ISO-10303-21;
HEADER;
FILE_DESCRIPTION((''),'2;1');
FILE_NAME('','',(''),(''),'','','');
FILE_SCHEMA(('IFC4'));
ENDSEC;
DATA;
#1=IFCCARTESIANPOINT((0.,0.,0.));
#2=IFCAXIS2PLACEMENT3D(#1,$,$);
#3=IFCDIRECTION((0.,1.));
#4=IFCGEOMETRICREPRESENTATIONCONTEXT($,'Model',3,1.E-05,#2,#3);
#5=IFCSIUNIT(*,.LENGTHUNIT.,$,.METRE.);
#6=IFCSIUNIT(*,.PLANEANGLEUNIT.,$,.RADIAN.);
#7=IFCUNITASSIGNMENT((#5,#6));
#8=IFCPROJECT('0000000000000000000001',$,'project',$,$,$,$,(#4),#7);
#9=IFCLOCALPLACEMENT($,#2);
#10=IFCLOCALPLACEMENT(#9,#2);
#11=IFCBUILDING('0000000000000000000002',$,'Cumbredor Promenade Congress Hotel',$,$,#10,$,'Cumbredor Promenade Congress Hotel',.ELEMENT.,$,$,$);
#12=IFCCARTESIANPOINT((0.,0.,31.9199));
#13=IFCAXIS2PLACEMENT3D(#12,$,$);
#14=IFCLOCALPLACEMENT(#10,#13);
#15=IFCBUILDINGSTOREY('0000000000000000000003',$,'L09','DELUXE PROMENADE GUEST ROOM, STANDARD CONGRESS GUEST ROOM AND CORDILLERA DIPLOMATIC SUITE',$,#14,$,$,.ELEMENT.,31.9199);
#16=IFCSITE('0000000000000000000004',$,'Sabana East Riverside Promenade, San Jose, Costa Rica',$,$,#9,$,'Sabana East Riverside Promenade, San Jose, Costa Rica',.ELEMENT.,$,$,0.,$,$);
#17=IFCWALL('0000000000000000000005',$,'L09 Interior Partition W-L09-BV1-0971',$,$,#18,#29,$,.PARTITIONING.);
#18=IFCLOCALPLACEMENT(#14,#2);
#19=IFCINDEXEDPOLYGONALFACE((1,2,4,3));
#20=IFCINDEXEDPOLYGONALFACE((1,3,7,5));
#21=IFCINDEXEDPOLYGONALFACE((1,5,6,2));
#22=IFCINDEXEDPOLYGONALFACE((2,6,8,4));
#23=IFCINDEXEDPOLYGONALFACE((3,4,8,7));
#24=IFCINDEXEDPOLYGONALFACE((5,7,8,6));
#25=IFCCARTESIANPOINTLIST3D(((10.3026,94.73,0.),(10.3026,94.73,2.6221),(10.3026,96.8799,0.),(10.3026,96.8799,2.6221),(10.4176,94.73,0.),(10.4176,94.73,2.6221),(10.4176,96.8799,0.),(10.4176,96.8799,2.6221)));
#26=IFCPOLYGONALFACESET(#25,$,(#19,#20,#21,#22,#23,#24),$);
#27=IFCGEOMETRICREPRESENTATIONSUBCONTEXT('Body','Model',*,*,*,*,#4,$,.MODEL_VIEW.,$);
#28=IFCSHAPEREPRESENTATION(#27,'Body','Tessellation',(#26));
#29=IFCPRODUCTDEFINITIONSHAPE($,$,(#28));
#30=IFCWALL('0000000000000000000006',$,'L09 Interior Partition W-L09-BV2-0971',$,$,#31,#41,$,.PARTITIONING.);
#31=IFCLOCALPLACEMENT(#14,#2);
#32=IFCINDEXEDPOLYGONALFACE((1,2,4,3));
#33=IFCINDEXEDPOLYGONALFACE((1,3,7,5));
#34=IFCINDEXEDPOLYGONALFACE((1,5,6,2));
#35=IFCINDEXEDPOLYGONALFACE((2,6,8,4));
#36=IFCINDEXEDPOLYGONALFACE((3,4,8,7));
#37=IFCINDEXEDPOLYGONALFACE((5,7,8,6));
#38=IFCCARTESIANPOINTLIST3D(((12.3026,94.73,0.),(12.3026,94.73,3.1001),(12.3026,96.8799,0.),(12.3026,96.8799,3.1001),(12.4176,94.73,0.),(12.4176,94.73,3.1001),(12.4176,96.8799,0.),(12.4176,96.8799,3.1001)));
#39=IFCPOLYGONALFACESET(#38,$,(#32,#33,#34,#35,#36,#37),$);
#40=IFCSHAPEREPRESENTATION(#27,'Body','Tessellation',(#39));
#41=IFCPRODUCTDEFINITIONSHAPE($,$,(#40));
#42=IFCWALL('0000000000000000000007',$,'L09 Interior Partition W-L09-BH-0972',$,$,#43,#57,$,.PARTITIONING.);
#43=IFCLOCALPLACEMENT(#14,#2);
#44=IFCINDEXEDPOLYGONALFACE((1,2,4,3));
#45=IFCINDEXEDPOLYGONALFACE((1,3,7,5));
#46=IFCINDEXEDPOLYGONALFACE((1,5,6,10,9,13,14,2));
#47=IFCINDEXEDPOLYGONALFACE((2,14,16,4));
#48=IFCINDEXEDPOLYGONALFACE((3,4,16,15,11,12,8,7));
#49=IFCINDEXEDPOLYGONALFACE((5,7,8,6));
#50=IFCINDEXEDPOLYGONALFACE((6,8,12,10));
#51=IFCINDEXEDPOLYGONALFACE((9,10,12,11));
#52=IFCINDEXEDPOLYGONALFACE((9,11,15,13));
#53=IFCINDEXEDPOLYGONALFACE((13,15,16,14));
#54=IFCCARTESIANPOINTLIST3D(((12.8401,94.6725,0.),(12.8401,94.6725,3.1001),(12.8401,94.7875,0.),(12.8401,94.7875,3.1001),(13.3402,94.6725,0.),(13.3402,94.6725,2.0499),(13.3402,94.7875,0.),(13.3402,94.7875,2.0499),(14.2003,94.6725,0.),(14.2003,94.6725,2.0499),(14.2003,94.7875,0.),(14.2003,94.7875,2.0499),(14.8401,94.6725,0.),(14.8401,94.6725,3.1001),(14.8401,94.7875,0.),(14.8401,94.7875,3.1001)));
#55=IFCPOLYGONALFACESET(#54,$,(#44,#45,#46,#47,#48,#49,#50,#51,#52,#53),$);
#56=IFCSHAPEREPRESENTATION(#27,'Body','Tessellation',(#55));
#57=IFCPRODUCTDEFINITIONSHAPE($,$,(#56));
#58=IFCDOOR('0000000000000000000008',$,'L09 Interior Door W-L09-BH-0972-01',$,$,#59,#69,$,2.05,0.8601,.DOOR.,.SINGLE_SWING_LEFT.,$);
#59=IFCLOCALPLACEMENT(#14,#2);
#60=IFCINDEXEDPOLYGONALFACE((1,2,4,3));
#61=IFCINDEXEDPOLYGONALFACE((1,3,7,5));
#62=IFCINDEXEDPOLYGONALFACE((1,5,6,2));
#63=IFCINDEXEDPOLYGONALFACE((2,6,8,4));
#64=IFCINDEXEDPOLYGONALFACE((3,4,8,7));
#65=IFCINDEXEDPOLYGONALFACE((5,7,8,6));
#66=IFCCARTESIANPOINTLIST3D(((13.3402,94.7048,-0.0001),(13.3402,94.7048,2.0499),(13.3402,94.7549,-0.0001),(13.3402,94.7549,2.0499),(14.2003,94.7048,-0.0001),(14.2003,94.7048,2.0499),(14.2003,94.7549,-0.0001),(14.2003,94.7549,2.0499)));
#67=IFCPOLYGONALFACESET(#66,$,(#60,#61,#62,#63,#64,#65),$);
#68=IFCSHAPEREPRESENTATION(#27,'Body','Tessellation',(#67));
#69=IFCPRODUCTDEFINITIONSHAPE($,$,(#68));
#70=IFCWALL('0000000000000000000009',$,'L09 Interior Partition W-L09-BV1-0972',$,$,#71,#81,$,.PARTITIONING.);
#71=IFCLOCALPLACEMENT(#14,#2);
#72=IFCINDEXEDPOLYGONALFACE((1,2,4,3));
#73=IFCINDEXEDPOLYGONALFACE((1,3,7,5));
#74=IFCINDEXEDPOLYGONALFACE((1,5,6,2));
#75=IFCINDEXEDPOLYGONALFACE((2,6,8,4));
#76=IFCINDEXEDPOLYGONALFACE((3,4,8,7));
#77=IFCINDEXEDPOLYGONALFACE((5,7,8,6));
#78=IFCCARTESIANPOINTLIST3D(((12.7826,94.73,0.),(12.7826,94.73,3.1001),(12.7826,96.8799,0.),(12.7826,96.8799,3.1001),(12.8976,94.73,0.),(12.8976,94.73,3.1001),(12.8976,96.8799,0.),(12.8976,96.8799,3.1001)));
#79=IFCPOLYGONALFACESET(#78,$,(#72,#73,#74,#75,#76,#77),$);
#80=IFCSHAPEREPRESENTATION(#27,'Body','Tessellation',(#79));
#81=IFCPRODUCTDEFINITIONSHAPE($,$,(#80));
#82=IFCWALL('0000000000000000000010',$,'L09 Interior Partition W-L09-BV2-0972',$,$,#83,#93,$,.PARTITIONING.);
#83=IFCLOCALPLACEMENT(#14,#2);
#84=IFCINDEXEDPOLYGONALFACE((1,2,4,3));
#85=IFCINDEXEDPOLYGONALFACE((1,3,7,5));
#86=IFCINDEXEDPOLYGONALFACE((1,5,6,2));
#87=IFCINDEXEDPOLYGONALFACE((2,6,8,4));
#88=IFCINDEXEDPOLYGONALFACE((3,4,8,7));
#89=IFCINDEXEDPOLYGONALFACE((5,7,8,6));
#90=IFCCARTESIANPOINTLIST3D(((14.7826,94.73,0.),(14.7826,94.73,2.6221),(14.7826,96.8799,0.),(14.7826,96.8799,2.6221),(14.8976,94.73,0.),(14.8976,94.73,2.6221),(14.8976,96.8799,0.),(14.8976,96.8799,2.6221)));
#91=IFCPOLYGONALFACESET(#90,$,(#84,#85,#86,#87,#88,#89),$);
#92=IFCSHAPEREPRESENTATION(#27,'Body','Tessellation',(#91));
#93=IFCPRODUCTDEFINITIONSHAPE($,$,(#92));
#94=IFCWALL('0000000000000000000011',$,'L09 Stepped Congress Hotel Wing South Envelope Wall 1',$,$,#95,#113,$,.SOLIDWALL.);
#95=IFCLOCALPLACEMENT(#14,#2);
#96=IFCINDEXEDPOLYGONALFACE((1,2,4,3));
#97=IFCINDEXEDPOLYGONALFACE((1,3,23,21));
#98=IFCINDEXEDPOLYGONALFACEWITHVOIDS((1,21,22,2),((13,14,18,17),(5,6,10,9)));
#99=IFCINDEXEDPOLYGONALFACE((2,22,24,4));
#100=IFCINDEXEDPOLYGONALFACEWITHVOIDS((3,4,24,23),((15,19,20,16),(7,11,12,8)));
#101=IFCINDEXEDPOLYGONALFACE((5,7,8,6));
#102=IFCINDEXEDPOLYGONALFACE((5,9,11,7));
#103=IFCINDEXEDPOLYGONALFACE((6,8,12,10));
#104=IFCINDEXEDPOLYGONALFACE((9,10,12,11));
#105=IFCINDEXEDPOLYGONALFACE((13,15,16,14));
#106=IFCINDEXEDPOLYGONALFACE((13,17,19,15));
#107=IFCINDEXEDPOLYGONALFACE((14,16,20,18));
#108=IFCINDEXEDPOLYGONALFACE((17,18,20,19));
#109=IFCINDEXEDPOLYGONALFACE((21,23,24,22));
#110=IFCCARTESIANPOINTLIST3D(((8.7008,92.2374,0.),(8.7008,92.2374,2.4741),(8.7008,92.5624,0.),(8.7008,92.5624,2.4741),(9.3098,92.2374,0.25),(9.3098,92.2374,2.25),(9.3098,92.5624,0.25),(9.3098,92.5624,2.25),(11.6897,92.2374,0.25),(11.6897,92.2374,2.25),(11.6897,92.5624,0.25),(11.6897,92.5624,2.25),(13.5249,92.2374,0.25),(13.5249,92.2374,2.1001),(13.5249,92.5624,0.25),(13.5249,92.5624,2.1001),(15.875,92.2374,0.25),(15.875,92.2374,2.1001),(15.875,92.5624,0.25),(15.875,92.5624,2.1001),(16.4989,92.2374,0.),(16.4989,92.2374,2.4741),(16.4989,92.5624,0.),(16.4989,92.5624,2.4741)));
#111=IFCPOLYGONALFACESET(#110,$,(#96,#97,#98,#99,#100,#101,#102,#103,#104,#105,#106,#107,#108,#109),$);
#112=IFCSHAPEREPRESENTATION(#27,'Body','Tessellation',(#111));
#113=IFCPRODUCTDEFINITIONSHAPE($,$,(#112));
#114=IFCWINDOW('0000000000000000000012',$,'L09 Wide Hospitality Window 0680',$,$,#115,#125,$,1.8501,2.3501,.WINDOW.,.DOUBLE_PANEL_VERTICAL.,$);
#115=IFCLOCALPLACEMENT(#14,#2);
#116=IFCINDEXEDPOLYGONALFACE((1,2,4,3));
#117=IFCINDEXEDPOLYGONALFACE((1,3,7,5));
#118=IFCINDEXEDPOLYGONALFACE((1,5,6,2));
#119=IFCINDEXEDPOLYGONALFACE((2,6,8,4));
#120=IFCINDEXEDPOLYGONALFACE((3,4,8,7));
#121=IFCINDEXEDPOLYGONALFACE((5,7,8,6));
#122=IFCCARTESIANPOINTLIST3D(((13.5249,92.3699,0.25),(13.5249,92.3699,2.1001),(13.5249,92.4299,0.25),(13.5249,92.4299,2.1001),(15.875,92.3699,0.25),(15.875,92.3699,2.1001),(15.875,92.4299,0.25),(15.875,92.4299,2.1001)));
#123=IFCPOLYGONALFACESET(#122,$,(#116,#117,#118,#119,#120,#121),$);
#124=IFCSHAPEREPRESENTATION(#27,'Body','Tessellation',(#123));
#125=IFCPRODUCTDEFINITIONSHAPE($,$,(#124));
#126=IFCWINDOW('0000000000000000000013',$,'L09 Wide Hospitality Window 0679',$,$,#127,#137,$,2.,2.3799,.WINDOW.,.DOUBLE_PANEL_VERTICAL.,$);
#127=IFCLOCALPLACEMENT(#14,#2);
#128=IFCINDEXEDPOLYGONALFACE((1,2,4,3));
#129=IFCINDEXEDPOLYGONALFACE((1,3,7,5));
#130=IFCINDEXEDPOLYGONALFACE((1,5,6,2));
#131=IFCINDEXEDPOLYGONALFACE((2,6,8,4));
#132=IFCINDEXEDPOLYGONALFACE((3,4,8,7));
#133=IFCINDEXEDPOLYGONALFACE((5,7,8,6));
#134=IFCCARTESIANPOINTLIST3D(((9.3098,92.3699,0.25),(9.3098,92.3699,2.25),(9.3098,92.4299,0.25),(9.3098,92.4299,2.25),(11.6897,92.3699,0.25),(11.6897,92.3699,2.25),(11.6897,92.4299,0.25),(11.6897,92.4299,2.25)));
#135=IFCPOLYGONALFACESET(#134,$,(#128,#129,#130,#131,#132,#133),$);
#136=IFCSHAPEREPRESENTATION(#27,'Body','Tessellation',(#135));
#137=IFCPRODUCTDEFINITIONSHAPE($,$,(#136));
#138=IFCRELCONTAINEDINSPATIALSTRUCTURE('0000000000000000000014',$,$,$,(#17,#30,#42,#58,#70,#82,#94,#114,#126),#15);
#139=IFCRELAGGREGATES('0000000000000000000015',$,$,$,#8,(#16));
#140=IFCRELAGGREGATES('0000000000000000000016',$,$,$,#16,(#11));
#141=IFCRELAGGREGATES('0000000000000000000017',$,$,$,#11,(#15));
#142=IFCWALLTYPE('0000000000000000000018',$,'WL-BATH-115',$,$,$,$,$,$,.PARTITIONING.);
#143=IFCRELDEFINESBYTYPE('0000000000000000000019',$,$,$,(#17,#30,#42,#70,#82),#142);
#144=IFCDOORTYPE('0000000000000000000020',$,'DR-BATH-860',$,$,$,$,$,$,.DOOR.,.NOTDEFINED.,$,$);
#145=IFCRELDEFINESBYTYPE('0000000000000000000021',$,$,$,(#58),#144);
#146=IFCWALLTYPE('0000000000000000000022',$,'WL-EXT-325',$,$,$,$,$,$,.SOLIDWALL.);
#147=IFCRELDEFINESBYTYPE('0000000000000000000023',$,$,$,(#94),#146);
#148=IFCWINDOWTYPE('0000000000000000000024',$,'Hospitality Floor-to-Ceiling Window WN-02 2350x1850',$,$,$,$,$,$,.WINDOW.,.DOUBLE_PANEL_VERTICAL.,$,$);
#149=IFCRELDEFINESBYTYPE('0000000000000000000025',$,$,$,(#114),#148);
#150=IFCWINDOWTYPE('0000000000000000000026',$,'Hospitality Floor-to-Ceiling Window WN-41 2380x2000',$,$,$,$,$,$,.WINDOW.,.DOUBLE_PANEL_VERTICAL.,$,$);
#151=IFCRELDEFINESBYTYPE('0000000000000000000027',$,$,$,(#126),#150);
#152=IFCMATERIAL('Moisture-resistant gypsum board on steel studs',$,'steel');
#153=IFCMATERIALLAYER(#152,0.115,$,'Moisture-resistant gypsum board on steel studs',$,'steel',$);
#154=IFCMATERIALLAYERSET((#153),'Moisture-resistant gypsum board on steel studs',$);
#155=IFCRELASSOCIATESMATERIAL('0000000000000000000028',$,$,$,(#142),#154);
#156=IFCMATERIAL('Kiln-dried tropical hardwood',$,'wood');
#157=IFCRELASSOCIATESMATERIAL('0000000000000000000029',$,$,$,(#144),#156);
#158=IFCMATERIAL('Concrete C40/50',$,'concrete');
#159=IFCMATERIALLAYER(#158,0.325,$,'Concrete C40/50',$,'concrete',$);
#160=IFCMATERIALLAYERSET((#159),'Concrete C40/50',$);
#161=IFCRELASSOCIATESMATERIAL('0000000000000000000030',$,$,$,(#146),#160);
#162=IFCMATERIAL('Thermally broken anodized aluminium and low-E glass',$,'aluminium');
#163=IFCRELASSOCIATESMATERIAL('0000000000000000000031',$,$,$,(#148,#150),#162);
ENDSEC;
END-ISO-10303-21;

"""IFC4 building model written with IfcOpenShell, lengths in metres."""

from ifc_helpers import new_model, si_unit, direction, frame, frame_2d, origin, place, context, subcontext, project, spatial, rectangle, extrude, material, layer, layer_set, type_object, element, fill, save


model = new_model("IFC4")

# Units and contexts
model_context = context("Model", 3, precision=1e-05, world=origin(), true_north=direction((0.0, 1.0)))
body_context = subcontext(model_context, "Body", "Model", "MODEL_VIEW")
ifc_project = project(units=[si_unit("LENGTHUNIT", "METRE"), si_unit("PLANEANGLEUNIT", "RADIAN")], contexts=[model_context])

# Site, building, storey
site_placement = place(None, origin())
site = spatial("IfcSite", under=ifc_project, at=site_placement, Name="Sabana East Riverside Promenade, San Jose, Costa Rica", LongName="Sabana East Riverside Promenade, San Jose, Costa Rica", CompositionType="ELEMENT", RefElevation=0.0)
building_placement = place(site_placement, origin())
building = spatial("IfcBuilding", under=site, at=building_placement, Name="Cumbredor Promenade Congress Hotel", LongName="Cumbredor Promenade Congress Hotel", CompositionType="ELEMENT")
storey_placement = place(building_placement, frame((0.0, 0.0, 31.9199)))
storey = spatial("IfcBuildingStorey", under=building, at=storey_placement, Name="L09", Description="DELUXE PROMENADE GUEST ROOM, STANDARD CONGRESS GUEST ROOM AND CORDILLERA DIPLOMATIC SUITE", CompositionType="ELEMENT", Elevation=31.9199)

# Shared definitions
ifc_material_1 = material(Name="Concrete C40/50", Category="concrete")

# Shared definitions
ifc_material_2 = material(Name="Moisture-resistant gypsum board on steel studs", Category="steel")
ifc_layer_1 = layer(ifc_material_2, 0.115, Name="Moisture-resistant gypsum board on steel studs", Category="steel")
ifc_layer_set_1 = layer_set([ifc_layer_1], Name="Moisture-resistant gypsum board on steel studs")
wall_type_1 = type_object("IfcWallType", Name="WL-BATH-115", PredefinedType="PARTITIONING", material=ifc_layer_set_1)
ifc_material_3 = material(Name="Kiln-dried tropical hardwood", Category="wood")
door_type = type_object("IfcDoorType", Name="DR-BATH-860", OperationType="NOTDEFINED", PredefinedType="DOOR", material=ifc_material_3)

# Walls
wall_1_placement = place(storey_placement, frame((10.3601, 94.73, 0.0), z_axis=(0.0, 0.0, 1.0), x_axis=(0.0, 1.0, 0.0)))
element("IfcWall", 1, at=wall_1_placement, inside=storey, type_object=wall_type_1, Name="L09 Interior Partition W-L09-BV1-0971", PredefinedType="PARTITIONING", context=body_context, shape_type="SweptSolid", body=[
    extrude(rectangle(XDim=2.1499, YDim=0.115, at=frame_2d((1.075, 0.0))), origin(), (0.0, 0.0, 1.0), 2.6221),
])
wall_2_placement = place(storey_placement, frame((12.3601, 94.73, 0.0), z_axis=(0.0, 0.0, 1.0), x_axis=(0.0, 1.0, 0.0)))
element("IfcWall", 2, at=wall_2_placement, inside=storey, type_object=wall_type_1, Name="L09 Interior Partition W-L09-BV2-0971", PredefinedType="PARTITIONING", context=body_context, shape_type="SweptSolid", body=[
    extrude(rectangle(XDim=2.1499, YDim=0.115, at=frame_2d((1.075, 0.0))), origin(), (0.0, 0.0, 1.0), 3.1001),
])

# Wall, opening, door
wall_3_placement = place(storey_placement, frame((12.8401, 94.73, 0.0), z_axis=(0.0, 0.0, 1.0), x_axis=(1.0, 0.0, 0.0)))
wall_3 = element("IfcWall", 3, at=wall_3_placement, inside=storey, type_object=wall_type_1, Name="L09 Interior Partition W-L09-BH-0972", PredefinedType="PARTITIONING", context=body_context, shape_type="SweptSolid", body=[
    extrude(rectangle(XDim=2.0, YDim=0.115, at=frame_2d((1.0, 0.0))), origin(), (0.0, 0.0, 1.0), 3.1001),
])
opening_1_placement = place(wall_3_placement, frame((0.5, 0.0, 0.0)))
opening_1 = element("IfcOpeningElement", 4, at=opening_1_placement, cuts=wall_3, PredefinedType="OPENING", context=body_context, shape_type="SweptSolid", body=[
    extrude(rectangle(XDim=0.8601, YDim=2.05, at=frame_2d((0.4302, 1.0249))), frame((0.0, 0.0674, 0.0), z_axis=(0.0, -1.0, 0.0), x_axis=(1.0, 0.0, 0.0)), (0.0, 0.0, 1.0), 0.135),
])
door_1_placement = place(opening_1_placement, origin())
door_1 = element("IfcDoor", 5, at=door_1_placement, inside=storey, type_object=door_type, Name="L09 Interior Door W-L09-BH-0972-01", OperationType="SINGLE_SWING_LEFT", OverallHeight=2.05, OverallWidth=0.8601, PredefinedType="DOOR", context=body_context, shape_type="SweptSolid", body=[
    extrude(rectangle(XDim=0.8601, YDim=2.05, at=frame_2d((0.4302, 1.0249))), frame((0.0, 0.0249, 0.0), z_axis=(0.0, -1.0, 0.0), x_axis=(1.0, 0.0, 0.0)), (0.0, 0.0, 1.0), 0.05),
])
fill(opening_1, door_1)

# Walls
wall_4_placement = place(storey_placement, frame((12.8401, 94.73, 0.0), z_axis=(0.0, 0.0, 1.0), x_axis=(0.0, 1.0, 0.0)))
element("IfcWall", 6, at=wall_4_placement, inside=storey, type_object=wall_type_1, Name="L09 Interior Partition W-L09-BV1-0972", PredefinedType="PARTITIONING", context=body_context, shape_type="SweptSolid", body=[
    extrude(rectangle(XDim=2.1499, YDim=0.115, at=frame_2d((1.075, 0.0))), origin(), (0.0, 0.0, 1.0), 3.1001),
])
wall_5_placement = place(storey_placement, frame((14.8401, 94.73, 0.0), z_axis=(0.0, 0.0, 1.0), x_axis=(0.0, 1.0, 0.0)))
element("IfcWall", 7, at=wall_5_placement, inside=storey, type_object=wall_type_1, Name="L09 Interior Partition W-L09-BV2-0972", PredefinedType="PARTITIONING", context=body_context, shape_type="SweptSolid", body=[
    extrude(rectangle(XDim=2.1499, YDim=0.115, at=frame_2d((1.075, 0.0))), origin(), (0.0, 0.0, 1.0), 2.6221),
])

# Wall, openings, windows
ifc_layer_2 = layer(ifc_material_1, 0.325, Name="Concrete C40/50", Category="concrete")
ifc_layer_set_2 = layer_set([ifc_layer_2], Name="Concrete C40/50")
wall_type_2 = type_object("IfcWallType", Name="WL-EXT-325", PredefinedType="SOLIDWALL", material=ifc_layer_set_2)
wall_6_placement = place(storey_placement, frame((8.7009, 92.3999, 0.0), z_axis=(0.0, 0.0, 1.0), x_axis=(1.0, 0.0, 0.0)))
wall_6 = element("IfcWall", 8, at=wall_6_placement, inside=storey, type_object=wall_type_2, Name="L09 Stepped Congress Hotel Wing South Envelope Wall 1", PredefinedType="SOLIDWALL", context=body_context, shape_type="SweptSolid", body=[
    extrude(rectangle(XDim=7.7981, YDim=0.325, at=frame_2d((3.8989, 0.0))), origin(), (0.0, 0.0, 1.0), 2.4741),
])
opening_2_placement = place(wall_6_placement, frame((0.6089, 0.0, 0.25)))
opening_2 = element("IfcOpeningElement", 9, at=opening_2_placement, cuts=wall_6, PredefinedType="OPENING", context=body_context, shape_type="SweptSolid", body=[
    extrude(rectangle(XDim=2.3799, YDim=2.0, at=frame_2d((1.1899, 1.0))), frame((0.0, 0.1724, 0.0), z_axis=(0.0, -1.0, 0.0), x_axis=(1.0, 0.0, 0.0)), (0.0, 0.0, 1.0), 0.345),
])
opening_3_placement = place(wall_6_placement, frame((4.824, 0.0, 0.25)))
opening_3 = element("IfcOpeningElement", 10, at=opening_3_placement, cuts=wall_6, PredefinedType="OPENING", context=body_context, shape_type="SweptSolid", body=[
    extrude(rectangle(XDim=2.3501, YDim=1.8501, at=frame_2d((1.175, 0.925))), frame((0.0, 0.1724, 0.0), z_axis=(0.0, -1.0, 0.0), x_axis=(1.0, 0.0, 0.0)), (0.0, 0.0, 1.0), 0.345),
])
ifc_material_4 = material(Name="Thermally broken anodized aluminium and low-E glass", Category="aluminium")
window_type_1 = type_object("IfcWindowType", Name="Hospitality Floor-to-Ceiling Window WN-02 2350x1850", PartitioningType="DOUBLE_PANEL_VERTICAL", PredefinedType="WINDOW", material=ifc_material_4)
window_1_placement = place(opening_3_placement, origin())
window_1 = element("IfcWindow", 11, at=window_1_placement, inside=storey, type_object=window_type_1, Name="L09 Wide Hospitality Window 0680", OverallHeight=1.8501, OverallWidth=2.3501, PartitioningType="DOUBLE_PANEL_VERTICAL", PredefinedType="WINDOW", context=body_context, shape_type="SweptSolid", body=[
    extrude(rectangle(XDim=2.3501, YDim=1.8501, at=frame_2d((1.175, 0.925))), frame((0.0, 0.03, 0.0), z_axis=(0.0, -1.0, 0.0), x_axis=(1.0, 0.0, 0.0)), (0.0, 0.0, 1.0), 0.0601),
])
fill(opening_3, window_1)
window_type_2 = type_object("IfcWindowType", Name="Hospitality Floor-to-Ceiling Window WN-41 2380x2000", PartitioningType="DOUBLE_PANEL_VERTICAL", PredefinedType="WINDOW", material=ifc_material_4)
window_2_placement = place(opening_2_placement, origin())
window_2 = element("IfcWindow", 12, at=window_2_placement, inside=storey, type_object=window_type_2, Name="L09 Wide Hospitality Window 0679", OverallHeight=2.0, OverallWidth=2.3799, PartitioningType="DOUBLE_PANEL_VERTICAL", PredefinedType="WINDOW", context=body_context, shape_type="SweptSolid", body=[
    extrude(rectangle(XDim=2.3799, YDim=2.0, at=frame_2d((1.1899, 1.0))), frame((0.0, 0.03, 0.0), z_axis=(0.0, -1.0, 0.0), x_axis=(1.0, 0.0, 0.0)), (0.0, 0.0, 1.0), 0.0601),
])
fill(opening_2, window_2)

save(model, "model.ifc")
